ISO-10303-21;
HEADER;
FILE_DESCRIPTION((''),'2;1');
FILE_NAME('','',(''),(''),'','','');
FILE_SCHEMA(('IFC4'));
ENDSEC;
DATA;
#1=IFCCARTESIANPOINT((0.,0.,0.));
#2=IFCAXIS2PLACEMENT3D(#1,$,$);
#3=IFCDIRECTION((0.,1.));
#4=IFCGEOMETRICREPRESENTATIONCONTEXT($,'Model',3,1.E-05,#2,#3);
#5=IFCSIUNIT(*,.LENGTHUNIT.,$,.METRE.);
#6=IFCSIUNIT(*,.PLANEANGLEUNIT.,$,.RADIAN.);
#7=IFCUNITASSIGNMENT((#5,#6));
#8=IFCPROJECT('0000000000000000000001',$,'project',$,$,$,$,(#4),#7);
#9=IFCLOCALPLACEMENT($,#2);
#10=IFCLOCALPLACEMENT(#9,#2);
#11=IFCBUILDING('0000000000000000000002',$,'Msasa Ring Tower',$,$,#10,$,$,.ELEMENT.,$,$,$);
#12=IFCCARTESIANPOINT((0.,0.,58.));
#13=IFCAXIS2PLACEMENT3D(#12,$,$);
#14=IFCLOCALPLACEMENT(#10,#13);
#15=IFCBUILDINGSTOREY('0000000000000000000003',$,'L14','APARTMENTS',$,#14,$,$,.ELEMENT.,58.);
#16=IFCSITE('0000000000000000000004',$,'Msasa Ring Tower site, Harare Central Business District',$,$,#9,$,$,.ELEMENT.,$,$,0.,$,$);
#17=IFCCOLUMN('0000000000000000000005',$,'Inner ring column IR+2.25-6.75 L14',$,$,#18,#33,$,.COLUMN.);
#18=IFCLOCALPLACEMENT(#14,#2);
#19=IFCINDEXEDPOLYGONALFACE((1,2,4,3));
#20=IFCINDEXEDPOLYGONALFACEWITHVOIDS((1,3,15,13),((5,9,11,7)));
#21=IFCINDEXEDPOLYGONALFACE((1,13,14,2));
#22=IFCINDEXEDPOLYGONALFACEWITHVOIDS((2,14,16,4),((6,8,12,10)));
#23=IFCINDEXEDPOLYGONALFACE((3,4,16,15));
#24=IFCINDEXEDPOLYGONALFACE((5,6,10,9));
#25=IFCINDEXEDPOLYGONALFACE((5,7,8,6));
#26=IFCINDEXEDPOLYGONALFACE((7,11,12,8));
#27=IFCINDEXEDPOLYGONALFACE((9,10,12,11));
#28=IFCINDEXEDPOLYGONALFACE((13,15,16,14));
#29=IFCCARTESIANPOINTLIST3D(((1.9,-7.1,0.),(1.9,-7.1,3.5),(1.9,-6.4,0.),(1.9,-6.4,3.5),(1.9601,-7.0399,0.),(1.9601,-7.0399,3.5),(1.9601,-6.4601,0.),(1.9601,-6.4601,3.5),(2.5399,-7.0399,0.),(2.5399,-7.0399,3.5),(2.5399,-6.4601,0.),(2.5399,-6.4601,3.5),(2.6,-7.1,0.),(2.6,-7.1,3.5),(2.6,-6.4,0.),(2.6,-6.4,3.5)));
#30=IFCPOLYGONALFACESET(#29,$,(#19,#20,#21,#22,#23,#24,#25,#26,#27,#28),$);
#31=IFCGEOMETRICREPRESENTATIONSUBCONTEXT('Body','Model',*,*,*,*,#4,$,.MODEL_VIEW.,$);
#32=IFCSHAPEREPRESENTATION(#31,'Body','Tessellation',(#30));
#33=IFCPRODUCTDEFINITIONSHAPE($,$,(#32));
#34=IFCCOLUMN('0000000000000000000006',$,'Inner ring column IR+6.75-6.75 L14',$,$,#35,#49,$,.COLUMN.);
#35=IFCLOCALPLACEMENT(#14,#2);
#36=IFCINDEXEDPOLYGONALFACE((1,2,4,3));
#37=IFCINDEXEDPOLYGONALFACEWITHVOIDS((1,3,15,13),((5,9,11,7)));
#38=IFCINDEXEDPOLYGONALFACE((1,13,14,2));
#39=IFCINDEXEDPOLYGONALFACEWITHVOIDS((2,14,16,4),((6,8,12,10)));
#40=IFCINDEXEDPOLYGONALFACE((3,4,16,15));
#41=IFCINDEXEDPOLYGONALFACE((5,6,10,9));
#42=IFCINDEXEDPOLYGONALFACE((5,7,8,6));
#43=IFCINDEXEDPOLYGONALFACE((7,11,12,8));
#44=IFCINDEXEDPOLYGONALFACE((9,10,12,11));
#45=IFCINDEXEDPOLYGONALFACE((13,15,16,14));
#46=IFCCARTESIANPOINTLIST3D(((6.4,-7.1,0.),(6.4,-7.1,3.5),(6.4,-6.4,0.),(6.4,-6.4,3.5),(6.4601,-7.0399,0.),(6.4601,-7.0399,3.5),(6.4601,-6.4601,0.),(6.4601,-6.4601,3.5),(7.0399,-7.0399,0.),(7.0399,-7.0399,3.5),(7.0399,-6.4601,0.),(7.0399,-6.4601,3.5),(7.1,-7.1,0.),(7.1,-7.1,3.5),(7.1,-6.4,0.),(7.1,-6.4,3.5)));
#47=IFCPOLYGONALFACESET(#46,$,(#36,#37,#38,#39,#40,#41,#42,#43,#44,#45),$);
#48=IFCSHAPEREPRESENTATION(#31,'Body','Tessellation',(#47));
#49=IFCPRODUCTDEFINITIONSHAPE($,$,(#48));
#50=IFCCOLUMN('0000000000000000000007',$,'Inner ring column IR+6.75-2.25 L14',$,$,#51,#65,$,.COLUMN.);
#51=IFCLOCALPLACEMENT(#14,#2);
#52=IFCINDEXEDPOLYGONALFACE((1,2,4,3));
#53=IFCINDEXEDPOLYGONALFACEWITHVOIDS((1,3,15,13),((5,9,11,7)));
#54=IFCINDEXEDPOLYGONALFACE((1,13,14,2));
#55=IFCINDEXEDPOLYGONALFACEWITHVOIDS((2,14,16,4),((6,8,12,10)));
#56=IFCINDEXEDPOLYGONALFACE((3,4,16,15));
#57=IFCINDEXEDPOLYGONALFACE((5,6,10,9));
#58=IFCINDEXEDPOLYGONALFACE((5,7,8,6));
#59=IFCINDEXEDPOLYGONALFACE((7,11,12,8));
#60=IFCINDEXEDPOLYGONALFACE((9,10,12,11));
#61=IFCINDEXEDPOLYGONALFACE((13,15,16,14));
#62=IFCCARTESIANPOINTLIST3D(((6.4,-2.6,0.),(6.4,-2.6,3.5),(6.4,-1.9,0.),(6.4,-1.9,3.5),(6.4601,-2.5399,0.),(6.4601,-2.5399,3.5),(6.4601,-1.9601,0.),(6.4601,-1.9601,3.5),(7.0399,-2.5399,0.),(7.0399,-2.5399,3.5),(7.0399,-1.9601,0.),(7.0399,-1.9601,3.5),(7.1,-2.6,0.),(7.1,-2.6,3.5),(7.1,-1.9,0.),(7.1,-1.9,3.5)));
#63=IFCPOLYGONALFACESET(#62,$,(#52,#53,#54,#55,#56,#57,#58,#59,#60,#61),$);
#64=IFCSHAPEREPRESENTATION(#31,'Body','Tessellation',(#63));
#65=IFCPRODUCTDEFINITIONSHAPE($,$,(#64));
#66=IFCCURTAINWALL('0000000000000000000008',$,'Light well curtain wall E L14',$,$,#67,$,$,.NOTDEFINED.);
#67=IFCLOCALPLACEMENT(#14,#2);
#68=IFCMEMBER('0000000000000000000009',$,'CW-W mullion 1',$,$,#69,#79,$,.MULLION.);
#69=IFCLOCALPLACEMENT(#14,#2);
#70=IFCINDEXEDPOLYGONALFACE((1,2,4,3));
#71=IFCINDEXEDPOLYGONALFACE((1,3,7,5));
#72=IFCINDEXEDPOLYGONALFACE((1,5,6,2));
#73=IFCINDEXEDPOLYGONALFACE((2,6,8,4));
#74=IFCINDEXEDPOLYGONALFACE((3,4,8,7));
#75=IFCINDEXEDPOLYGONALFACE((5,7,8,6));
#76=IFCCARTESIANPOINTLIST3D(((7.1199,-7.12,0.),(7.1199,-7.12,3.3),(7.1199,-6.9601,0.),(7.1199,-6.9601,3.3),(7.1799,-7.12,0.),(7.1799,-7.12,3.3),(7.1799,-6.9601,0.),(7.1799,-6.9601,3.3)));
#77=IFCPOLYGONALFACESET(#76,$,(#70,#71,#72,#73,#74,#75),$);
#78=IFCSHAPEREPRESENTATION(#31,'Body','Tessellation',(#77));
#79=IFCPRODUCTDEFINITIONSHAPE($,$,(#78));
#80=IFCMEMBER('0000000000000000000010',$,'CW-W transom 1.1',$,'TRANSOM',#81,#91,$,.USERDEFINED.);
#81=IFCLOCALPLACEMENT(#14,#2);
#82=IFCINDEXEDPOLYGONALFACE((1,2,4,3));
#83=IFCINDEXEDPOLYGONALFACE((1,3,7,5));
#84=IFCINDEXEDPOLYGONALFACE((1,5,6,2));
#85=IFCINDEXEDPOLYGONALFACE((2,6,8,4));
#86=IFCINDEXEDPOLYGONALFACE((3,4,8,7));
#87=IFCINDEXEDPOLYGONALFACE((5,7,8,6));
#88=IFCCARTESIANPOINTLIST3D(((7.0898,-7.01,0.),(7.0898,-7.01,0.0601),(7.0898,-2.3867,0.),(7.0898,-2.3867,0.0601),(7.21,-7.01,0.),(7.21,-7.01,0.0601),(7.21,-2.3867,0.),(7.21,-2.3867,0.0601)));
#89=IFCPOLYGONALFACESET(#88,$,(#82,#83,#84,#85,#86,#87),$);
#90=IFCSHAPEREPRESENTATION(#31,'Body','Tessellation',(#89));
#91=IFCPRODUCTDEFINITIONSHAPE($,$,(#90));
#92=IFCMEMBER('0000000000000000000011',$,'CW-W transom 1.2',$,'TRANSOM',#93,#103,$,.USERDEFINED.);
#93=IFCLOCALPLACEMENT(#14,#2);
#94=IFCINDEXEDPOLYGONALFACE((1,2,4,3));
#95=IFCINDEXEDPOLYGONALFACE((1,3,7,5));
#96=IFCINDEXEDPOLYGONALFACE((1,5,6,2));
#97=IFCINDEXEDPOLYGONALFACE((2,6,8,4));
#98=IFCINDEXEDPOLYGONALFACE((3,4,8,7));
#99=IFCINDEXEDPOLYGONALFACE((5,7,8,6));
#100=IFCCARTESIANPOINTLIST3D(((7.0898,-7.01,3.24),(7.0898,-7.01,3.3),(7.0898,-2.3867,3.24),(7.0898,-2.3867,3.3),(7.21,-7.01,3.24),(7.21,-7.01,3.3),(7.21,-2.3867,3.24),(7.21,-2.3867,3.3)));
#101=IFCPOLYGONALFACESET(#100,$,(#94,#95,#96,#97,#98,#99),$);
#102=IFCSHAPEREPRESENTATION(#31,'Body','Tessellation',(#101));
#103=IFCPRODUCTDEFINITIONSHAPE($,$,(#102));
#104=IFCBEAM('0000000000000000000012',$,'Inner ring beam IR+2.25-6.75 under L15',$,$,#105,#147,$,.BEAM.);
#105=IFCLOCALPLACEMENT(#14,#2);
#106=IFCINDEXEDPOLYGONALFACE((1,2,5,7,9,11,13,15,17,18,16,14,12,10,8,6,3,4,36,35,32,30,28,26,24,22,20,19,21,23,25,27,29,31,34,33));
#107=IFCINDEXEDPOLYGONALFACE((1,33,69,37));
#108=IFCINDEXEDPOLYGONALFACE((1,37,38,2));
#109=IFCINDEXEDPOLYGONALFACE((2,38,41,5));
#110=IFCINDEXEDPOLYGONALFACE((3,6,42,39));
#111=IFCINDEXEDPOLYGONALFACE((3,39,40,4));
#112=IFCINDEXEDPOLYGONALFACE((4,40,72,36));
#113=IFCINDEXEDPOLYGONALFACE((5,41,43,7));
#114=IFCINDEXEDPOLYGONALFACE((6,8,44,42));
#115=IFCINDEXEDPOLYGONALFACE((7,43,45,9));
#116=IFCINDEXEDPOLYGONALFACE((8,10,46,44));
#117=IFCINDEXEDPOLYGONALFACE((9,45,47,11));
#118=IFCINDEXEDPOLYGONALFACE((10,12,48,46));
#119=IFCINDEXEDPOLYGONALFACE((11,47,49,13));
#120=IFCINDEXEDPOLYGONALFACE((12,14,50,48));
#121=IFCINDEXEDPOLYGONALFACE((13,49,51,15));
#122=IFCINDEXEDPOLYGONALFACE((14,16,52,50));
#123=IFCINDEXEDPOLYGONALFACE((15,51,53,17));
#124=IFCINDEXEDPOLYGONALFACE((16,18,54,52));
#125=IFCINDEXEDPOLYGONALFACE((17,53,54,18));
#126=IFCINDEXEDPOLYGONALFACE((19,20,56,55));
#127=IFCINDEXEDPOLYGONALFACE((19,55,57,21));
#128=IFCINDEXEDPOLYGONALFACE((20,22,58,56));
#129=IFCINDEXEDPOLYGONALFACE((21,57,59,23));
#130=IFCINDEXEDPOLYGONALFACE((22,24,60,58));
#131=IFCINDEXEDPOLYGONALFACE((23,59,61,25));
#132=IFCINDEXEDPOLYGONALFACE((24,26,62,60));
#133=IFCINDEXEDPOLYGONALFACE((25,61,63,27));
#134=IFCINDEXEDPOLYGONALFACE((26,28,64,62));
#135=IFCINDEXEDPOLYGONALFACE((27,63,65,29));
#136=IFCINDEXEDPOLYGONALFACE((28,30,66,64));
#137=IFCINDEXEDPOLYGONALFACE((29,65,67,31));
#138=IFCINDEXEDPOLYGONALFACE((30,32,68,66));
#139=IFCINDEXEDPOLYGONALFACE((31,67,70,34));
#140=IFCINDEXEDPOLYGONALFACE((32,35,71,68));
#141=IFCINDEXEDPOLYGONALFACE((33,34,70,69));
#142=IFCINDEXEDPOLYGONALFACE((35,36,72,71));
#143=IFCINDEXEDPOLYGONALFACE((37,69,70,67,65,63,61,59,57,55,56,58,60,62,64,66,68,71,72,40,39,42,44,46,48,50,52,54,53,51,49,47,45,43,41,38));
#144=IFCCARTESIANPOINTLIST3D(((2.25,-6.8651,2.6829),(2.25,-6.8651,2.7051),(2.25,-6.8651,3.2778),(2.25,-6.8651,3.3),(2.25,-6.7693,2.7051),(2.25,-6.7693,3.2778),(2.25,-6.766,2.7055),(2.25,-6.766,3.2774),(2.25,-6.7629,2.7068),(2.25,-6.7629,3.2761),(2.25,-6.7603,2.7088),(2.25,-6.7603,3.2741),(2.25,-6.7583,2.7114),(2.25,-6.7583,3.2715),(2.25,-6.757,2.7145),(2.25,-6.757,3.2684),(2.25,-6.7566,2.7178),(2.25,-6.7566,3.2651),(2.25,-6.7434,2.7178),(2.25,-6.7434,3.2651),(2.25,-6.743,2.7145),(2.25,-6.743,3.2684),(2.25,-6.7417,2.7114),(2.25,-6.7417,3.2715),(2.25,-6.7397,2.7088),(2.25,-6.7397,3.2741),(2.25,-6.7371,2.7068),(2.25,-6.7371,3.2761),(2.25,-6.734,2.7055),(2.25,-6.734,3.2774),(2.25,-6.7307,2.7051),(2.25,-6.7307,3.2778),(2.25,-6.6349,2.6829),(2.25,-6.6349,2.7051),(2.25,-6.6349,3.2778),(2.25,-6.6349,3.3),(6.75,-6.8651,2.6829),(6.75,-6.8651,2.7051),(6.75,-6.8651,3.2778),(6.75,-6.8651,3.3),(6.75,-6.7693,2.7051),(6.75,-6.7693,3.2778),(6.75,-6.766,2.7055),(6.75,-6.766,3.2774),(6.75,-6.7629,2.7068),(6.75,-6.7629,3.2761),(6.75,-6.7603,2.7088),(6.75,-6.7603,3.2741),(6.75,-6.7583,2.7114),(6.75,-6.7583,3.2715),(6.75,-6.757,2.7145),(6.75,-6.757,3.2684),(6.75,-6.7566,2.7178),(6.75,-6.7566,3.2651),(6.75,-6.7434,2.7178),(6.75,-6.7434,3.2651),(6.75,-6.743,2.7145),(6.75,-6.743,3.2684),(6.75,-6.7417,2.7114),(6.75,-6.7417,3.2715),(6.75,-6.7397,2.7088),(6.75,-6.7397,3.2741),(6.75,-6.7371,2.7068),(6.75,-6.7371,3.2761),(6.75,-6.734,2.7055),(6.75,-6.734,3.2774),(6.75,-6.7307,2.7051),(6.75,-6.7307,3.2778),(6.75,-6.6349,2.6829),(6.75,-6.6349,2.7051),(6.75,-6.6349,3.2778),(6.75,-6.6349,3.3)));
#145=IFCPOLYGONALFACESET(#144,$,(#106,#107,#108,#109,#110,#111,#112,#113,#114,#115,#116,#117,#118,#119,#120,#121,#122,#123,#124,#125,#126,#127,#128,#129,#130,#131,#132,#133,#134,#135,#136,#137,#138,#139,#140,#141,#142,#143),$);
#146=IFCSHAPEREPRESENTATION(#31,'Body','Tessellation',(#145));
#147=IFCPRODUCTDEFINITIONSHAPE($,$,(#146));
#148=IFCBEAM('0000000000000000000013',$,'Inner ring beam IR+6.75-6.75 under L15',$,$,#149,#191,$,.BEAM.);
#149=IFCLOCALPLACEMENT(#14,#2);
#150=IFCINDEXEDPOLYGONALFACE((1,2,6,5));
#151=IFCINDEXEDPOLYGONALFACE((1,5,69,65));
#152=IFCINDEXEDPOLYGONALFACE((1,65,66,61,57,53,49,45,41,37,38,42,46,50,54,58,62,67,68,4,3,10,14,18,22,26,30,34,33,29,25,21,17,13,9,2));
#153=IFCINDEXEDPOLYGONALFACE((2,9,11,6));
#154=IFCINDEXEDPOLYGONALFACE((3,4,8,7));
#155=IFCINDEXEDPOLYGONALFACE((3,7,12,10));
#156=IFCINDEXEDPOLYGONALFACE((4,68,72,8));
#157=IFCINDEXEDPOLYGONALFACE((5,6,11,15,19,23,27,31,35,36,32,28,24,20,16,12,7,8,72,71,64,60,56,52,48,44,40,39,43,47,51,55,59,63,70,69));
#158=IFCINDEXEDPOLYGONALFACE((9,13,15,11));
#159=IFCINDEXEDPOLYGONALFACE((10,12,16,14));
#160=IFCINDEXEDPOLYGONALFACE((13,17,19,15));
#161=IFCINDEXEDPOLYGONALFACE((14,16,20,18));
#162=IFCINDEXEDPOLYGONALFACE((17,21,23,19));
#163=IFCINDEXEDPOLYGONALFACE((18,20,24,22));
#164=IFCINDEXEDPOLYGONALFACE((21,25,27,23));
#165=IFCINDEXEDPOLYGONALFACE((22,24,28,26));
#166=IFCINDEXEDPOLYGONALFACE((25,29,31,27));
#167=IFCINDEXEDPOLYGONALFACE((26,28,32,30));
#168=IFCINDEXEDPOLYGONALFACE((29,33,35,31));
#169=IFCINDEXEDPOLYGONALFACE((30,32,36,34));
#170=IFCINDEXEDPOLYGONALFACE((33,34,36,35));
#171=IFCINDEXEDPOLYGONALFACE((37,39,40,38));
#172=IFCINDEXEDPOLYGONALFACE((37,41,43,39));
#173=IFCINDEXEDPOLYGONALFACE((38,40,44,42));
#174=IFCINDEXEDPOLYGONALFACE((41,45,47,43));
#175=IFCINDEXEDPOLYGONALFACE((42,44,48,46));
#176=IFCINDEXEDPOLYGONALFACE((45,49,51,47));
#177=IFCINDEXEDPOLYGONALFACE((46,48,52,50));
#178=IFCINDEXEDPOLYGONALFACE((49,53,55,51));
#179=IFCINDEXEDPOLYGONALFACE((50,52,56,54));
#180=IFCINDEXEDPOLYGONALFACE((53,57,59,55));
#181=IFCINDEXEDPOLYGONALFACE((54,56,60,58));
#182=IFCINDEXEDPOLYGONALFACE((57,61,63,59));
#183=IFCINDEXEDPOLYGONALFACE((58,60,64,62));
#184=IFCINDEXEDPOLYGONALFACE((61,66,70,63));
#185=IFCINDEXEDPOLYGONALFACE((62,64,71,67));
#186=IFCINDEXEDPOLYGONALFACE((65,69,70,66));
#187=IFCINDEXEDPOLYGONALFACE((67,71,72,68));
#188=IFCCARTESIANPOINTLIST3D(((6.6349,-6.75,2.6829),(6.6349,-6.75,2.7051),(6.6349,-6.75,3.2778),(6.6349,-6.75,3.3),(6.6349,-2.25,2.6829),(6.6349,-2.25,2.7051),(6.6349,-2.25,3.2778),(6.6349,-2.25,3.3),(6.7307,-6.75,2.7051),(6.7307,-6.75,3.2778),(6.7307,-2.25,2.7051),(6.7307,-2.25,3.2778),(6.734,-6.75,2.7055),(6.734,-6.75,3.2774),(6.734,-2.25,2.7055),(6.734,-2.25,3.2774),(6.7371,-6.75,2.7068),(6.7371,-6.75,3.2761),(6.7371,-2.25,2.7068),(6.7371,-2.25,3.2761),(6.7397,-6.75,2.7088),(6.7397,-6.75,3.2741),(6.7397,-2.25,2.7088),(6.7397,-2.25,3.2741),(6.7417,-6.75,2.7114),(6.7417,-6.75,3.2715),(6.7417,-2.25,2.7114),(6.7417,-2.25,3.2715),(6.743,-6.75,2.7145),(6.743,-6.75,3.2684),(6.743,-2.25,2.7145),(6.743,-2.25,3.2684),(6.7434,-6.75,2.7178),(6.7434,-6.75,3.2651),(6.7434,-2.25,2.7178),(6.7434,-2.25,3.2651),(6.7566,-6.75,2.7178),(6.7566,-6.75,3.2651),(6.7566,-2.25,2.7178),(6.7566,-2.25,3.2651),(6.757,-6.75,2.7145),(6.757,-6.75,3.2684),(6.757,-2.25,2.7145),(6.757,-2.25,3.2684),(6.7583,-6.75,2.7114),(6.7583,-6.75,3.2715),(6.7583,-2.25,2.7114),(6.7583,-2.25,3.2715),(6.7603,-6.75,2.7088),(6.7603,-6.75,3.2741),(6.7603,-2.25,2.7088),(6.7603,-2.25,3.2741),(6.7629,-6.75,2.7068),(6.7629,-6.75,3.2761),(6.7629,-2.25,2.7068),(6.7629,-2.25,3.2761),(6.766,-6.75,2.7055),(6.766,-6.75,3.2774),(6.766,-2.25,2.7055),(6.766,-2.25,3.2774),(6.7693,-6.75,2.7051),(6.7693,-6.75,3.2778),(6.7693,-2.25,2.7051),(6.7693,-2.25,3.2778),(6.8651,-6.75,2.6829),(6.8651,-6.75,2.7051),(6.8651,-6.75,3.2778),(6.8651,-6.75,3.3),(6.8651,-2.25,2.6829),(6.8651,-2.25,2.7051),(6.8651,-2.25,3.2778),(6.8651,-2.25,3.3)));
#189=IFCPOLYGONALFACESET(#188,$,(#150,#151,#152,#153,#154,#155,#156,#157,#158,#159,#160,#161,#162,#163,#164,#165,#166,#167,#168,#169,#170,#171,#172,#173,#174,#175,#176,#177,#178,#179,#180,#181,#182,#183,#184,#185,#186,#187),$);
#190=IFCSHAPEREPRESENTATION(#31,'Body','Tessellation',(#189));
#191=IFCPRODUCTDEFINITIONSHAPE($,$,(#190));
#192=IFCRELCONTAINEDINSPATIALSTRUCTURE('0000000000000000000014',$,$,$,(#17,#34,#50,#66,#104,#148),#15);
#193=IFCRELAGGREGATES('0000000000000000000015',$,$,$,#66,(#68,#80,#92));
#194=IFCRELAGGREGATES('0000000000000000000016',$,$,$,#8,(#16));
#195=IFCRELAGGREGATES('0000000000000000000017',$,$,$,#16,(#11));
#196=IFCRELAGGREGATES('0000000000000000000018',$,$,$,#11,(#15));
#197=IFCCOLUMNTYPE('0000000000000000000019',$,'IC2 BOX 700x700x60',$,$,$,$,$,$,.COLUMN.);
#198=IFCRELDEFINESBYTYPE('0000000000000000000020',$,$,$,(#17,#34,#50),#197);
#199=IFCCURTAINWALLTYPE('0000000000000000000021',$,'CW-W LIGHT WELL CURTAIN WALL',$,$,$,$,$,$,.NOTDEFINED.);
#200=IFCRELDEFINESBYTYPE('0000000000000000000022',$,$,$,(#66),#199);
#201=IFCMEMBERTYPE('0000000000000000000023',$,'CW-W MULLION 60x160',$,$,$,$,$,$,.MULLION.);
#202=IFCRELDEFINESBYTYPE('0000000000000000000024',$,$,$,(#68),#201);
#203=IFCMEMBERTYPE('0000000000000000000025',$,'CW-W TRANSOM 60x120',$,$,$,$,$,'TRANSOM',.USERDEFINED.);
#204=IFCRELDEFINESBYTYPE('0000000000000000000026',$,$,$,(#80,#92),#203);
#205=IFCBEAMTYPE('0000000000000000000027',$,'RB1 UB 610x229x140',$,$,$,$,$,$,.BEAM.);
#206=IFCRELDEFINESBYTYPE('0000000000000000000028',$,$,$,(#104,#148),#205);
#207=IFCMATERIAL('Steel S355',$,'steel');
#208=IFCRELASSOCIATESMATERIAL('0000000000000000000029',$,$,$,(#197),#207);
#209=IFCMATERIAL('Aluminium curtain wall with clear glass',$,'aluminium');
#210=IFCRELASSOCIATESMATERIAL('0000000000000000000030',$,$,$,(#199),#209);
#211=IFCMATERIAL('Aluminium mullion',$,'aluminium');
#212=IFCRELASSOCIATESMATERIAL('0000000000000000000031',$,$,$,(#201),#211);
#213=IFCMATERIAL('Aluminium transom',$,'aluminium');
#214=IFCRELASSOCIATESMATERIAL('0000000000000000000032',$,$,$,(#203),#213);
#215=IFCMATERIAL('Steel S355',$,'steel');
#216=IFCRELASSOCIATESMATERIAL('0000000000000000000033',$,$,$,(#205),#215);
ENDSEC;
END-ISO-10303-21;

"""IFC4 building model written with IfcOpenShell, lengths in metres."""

from ifc_helpers import new_model, si_unit, direction, frame, origin, origin_2d, place, context, subcontext, project, spatial, rectangle, hollow_rectangle, i_section, extrude, material, material_profile, profile_set, type_object, element, aggregate, save


model = new_model("IFC4")

# Units and contexts
model_context = context("Model", 3, precision=1e-05, world=origin(), true_north=direction((0.0, 1.0)))
body_context = subcontext(model_context, "Body", "Model", "MODEL_VIEW")
ifc_project = project(units=[si_unit("LENGTHUNIT", "METRE"), si_unit("PLANEANGLEUNIT", "RADIAN")], contexts=[model_context])

# Site, building, storey
site_placement = place(None, origin())
site = spatial("IfcSite", under=ifc_project, at=site_placement, Name="Msasa Ring Tower site, Harare Central Business District", CompositionType="ELEMENT", RefElevation=0.0)
building_placement = place(site_placement, origin())
building = spatial("IfcBuilding", under=site, at=building_placement, Name="Msasa Ring Tower", CompositionType="ELEMENT")
storey_placement = place(building_placement, frame((0.0, 0.0, 58.0)))
storey = spatial("IfcBuildingStorey", under=building, at=storey_placement, Name="L14", Description="APARTMENTS", CompositionType="ELEMENT", Elevation=58.0)

# Columns
ifc_material_1 = material(Name="Steel S355", Category="steel")
ifc_material_profile_1 = material_profile(ifc_material_1, hollow_rectangle(XDim=0.7, YDim=0.7, WallThickness=0.0601, at=origin_2d()), Name="BOX 700x700x60")
ifc_profile_set_1 = profile_set([ifc_material_profile_1], Name="Steel S355")
column_type = type_object("IfcColumnType", Name="IC2 BOX 700x700x60", PredefinedType="COLUMN", material=ifc_profile_set_1)
for number, where, z_axis, x_axis, name in (
    (1, (2.25, -6.75, 0.0), (0.0, 0.0, 1.0), (1.0, 0.0, 0.0), "Inner ring column IR+2.25-6.75 L14"),
    (2, (6.75, -6.75, 0.0), (0.0, 0.0, 1.0), (1.0, 0.0, 0.0), "Inner ring column IR+6.75-6.75 L14"),
    (3, (6.75, -2.25, 0.0), (0.0, 0.0, 1.0), (1.0, 0.0, 0.0), "Inner ring column IR+6.75-2.25 L14"),
):
    element("IfcColumn", number, at=place(storey_placement, frame(where, z_axis=z_axis, x_axis=x_axis)), inside=storey, type_object=column_type, Name=name, PredefinedType="COLUMN", context=body_context, shape_type="SweptSolid", body=[
        extrude(hollow_rectangle(XDim=0.7, YDim=0.7, WallThickness=0.0601, at=origin_2d()), origin(), (0.0, 0.0, 1.0), 3.5),
    ])

# Curtain wall, members
ifc_material_2 = material(Name="Aluminium curtain wall with clear glass", Category="aluminium")
curtain_wall_type = type_object("IfcCurtainWallType", Name="CW-W LIGHT WELL CURTAIN WALL", PredefinedType="NOTDEFINED", material=ifc_material_2)
curtain_wall_placement = place(storey_placement, origin())
curtain_wall = element("IfcCurtainWall", 4, at=curtain_wall_placement, inside=storey, type_object=curtain_wall_type, Name="Light well curtain wall E L14", PredefinedType="NOTDEFINED")
ifc_material_3 = material(Name="Aluminium mullion", Category="aluminium")
ifc_material_profile_2 = material_profile(ifc_material_3, rectangle(XDim=0.0601, YDim=0.1599, at=origin_2d()), Name="AL 60x160")
ifc_profile_set_2 = profile_set([ifc_material_profile_2], Name="Aluminium mullion")
member_type_1 = type_object("IfcMemberType", Name="CW-W MULLION 60x160", PredefinedType="MULLION", material=ifc_profile_set_2)
member_1_placement = place(storey_placement, frame((7.1499, -7.04, 0.0), z_axis=(0.0, 0.0, 1.0), x_axis=(-1.0, 0.0, 0.0)))
member_1 = element("IfcMember", 5, at=member_1_placement, type_object=member_type_1, Name="CW-W mullion 1", PredefinedType="MULLION", context=body_context, shape_type="SweptSolid", body=[
    extrude(rectangle(XDim=0.0601, YDim=0.1599, at=origin_2d()), origin(), (0.0, 0.0, 1.0), 3.3),
])
ifc_material_4 = material(Name="Aluminium transom", Category="aluminium")
ifc_material_profile_3 = material_profile(ifc_material_4, rectangle(XDim=0.1201, YDim=0.0601, at=origin_2d()), Name="AL 60x120")
ifc_profile_set_3 = profile_set([ifc_material_profile_3], Name="Aluminium transom")
member_type_2 = type_object("IfcMemberType", Name="CW-W TRANSOM 60x120", ElementType="TRANSOM", PredefinedType="USERDEFINED", material=ifc_profile_set_3)
member_2_placement = place(storey_placement, frame((7.1499, -7.01, 0.03), z_axis=(0.0, 1.0, 0.0), x_axis=(-1.0, 0.0, 0.0)))
member_2 = element("IfcMember", 6, at=member_2_placement, type_object=member_type_2, Name="CW-W transom 1.1", ObjectType="TRANSOM", PredefinedType="USERDEFINED", context=body_context, shape_type="SweptSolid", body=[
    extrude(rectangle(XDim=0.1201, YDim=0.0601, at=origin_2d()), origin(), (0.0, 0.0, 1.0), 4.6233),
])
member_3_placement = place(storey_placement, frame((7.1499, -7.01, 3.27), z_axis=(0.0, 1.0, 0.0), x_axis=(-1.0, 0.0, 0.0)))
member_3 = element("IfcMember", 7, at=member_3_placement, type_object=member_type_2, Name="CW-W transom 1.2", ObjectType="TRANSOM", PredefinedType="USERDEFINED", context=body_context, shape_type="SweptSolid", body=[
    extrude(rectangle(XDim=0.1201, YDim=0.0601, at=origin_2d()), origin(), (0.0, 0.0, 1.0), 4.6233),
])
aggregate(curtain_wall, [member_1, member_2, member_3])

# Beams
ifc_material_5 = material(Name="Steel S355", Category="steel")
ifc_material_profile_4 = material_profile(ifc_material_5, i_section(OverallWidth=0.2302, OverallDepth=0.6172, WebThickness=0.0132, FlangeThickness=0.0222, FilletRadius=0.0127, at=origin_2d()), Name="UB 610x229x140")
ifc_profile_set_4 = profile_set([ifc_material_profile_4], Name="Steel S355")
beam_type = type_object("IfcBeamType", Name="RB1 UB 610x229x140", PredefinedType="BEAM", material=ifc_profile_set_4)
for number, where, z_axis, x_axis, name in (
    (8, (2.25, -6.75, 2.9915), (1.0, 0.0, 0.0), (0.0, 1.0, 0.0), "Inner ring beam IR+2.25-6.75 under L15"),
    (9, (6.75, -6.75, 2.9915), (0.0, 1.0, 0.0), (-1.0, 0.0, 0.0), "Inner ring beam IR+6.75-6.75 under L15"),
):
    element("IfcBeam", number, at=place(storey_placement, frame(where, z_axis=z_axis, x_axis=x_axis)), inside=storey, type_object=beam_type, Name=name, PredefinedType="BEAM", context=body_context, shape_type="SweptSolid", body=[
        extrude(i_section(OverallWidth=0.2302, OverallDepth=0.6172, WebThickness=0.0132, FlangeThickness=0.0222, FilletRadius=0.0127, at=origin_2d()), origin(), (0.0, 0.0, 1.0), 4.5),
    ])

save(model, "model.ifc")
